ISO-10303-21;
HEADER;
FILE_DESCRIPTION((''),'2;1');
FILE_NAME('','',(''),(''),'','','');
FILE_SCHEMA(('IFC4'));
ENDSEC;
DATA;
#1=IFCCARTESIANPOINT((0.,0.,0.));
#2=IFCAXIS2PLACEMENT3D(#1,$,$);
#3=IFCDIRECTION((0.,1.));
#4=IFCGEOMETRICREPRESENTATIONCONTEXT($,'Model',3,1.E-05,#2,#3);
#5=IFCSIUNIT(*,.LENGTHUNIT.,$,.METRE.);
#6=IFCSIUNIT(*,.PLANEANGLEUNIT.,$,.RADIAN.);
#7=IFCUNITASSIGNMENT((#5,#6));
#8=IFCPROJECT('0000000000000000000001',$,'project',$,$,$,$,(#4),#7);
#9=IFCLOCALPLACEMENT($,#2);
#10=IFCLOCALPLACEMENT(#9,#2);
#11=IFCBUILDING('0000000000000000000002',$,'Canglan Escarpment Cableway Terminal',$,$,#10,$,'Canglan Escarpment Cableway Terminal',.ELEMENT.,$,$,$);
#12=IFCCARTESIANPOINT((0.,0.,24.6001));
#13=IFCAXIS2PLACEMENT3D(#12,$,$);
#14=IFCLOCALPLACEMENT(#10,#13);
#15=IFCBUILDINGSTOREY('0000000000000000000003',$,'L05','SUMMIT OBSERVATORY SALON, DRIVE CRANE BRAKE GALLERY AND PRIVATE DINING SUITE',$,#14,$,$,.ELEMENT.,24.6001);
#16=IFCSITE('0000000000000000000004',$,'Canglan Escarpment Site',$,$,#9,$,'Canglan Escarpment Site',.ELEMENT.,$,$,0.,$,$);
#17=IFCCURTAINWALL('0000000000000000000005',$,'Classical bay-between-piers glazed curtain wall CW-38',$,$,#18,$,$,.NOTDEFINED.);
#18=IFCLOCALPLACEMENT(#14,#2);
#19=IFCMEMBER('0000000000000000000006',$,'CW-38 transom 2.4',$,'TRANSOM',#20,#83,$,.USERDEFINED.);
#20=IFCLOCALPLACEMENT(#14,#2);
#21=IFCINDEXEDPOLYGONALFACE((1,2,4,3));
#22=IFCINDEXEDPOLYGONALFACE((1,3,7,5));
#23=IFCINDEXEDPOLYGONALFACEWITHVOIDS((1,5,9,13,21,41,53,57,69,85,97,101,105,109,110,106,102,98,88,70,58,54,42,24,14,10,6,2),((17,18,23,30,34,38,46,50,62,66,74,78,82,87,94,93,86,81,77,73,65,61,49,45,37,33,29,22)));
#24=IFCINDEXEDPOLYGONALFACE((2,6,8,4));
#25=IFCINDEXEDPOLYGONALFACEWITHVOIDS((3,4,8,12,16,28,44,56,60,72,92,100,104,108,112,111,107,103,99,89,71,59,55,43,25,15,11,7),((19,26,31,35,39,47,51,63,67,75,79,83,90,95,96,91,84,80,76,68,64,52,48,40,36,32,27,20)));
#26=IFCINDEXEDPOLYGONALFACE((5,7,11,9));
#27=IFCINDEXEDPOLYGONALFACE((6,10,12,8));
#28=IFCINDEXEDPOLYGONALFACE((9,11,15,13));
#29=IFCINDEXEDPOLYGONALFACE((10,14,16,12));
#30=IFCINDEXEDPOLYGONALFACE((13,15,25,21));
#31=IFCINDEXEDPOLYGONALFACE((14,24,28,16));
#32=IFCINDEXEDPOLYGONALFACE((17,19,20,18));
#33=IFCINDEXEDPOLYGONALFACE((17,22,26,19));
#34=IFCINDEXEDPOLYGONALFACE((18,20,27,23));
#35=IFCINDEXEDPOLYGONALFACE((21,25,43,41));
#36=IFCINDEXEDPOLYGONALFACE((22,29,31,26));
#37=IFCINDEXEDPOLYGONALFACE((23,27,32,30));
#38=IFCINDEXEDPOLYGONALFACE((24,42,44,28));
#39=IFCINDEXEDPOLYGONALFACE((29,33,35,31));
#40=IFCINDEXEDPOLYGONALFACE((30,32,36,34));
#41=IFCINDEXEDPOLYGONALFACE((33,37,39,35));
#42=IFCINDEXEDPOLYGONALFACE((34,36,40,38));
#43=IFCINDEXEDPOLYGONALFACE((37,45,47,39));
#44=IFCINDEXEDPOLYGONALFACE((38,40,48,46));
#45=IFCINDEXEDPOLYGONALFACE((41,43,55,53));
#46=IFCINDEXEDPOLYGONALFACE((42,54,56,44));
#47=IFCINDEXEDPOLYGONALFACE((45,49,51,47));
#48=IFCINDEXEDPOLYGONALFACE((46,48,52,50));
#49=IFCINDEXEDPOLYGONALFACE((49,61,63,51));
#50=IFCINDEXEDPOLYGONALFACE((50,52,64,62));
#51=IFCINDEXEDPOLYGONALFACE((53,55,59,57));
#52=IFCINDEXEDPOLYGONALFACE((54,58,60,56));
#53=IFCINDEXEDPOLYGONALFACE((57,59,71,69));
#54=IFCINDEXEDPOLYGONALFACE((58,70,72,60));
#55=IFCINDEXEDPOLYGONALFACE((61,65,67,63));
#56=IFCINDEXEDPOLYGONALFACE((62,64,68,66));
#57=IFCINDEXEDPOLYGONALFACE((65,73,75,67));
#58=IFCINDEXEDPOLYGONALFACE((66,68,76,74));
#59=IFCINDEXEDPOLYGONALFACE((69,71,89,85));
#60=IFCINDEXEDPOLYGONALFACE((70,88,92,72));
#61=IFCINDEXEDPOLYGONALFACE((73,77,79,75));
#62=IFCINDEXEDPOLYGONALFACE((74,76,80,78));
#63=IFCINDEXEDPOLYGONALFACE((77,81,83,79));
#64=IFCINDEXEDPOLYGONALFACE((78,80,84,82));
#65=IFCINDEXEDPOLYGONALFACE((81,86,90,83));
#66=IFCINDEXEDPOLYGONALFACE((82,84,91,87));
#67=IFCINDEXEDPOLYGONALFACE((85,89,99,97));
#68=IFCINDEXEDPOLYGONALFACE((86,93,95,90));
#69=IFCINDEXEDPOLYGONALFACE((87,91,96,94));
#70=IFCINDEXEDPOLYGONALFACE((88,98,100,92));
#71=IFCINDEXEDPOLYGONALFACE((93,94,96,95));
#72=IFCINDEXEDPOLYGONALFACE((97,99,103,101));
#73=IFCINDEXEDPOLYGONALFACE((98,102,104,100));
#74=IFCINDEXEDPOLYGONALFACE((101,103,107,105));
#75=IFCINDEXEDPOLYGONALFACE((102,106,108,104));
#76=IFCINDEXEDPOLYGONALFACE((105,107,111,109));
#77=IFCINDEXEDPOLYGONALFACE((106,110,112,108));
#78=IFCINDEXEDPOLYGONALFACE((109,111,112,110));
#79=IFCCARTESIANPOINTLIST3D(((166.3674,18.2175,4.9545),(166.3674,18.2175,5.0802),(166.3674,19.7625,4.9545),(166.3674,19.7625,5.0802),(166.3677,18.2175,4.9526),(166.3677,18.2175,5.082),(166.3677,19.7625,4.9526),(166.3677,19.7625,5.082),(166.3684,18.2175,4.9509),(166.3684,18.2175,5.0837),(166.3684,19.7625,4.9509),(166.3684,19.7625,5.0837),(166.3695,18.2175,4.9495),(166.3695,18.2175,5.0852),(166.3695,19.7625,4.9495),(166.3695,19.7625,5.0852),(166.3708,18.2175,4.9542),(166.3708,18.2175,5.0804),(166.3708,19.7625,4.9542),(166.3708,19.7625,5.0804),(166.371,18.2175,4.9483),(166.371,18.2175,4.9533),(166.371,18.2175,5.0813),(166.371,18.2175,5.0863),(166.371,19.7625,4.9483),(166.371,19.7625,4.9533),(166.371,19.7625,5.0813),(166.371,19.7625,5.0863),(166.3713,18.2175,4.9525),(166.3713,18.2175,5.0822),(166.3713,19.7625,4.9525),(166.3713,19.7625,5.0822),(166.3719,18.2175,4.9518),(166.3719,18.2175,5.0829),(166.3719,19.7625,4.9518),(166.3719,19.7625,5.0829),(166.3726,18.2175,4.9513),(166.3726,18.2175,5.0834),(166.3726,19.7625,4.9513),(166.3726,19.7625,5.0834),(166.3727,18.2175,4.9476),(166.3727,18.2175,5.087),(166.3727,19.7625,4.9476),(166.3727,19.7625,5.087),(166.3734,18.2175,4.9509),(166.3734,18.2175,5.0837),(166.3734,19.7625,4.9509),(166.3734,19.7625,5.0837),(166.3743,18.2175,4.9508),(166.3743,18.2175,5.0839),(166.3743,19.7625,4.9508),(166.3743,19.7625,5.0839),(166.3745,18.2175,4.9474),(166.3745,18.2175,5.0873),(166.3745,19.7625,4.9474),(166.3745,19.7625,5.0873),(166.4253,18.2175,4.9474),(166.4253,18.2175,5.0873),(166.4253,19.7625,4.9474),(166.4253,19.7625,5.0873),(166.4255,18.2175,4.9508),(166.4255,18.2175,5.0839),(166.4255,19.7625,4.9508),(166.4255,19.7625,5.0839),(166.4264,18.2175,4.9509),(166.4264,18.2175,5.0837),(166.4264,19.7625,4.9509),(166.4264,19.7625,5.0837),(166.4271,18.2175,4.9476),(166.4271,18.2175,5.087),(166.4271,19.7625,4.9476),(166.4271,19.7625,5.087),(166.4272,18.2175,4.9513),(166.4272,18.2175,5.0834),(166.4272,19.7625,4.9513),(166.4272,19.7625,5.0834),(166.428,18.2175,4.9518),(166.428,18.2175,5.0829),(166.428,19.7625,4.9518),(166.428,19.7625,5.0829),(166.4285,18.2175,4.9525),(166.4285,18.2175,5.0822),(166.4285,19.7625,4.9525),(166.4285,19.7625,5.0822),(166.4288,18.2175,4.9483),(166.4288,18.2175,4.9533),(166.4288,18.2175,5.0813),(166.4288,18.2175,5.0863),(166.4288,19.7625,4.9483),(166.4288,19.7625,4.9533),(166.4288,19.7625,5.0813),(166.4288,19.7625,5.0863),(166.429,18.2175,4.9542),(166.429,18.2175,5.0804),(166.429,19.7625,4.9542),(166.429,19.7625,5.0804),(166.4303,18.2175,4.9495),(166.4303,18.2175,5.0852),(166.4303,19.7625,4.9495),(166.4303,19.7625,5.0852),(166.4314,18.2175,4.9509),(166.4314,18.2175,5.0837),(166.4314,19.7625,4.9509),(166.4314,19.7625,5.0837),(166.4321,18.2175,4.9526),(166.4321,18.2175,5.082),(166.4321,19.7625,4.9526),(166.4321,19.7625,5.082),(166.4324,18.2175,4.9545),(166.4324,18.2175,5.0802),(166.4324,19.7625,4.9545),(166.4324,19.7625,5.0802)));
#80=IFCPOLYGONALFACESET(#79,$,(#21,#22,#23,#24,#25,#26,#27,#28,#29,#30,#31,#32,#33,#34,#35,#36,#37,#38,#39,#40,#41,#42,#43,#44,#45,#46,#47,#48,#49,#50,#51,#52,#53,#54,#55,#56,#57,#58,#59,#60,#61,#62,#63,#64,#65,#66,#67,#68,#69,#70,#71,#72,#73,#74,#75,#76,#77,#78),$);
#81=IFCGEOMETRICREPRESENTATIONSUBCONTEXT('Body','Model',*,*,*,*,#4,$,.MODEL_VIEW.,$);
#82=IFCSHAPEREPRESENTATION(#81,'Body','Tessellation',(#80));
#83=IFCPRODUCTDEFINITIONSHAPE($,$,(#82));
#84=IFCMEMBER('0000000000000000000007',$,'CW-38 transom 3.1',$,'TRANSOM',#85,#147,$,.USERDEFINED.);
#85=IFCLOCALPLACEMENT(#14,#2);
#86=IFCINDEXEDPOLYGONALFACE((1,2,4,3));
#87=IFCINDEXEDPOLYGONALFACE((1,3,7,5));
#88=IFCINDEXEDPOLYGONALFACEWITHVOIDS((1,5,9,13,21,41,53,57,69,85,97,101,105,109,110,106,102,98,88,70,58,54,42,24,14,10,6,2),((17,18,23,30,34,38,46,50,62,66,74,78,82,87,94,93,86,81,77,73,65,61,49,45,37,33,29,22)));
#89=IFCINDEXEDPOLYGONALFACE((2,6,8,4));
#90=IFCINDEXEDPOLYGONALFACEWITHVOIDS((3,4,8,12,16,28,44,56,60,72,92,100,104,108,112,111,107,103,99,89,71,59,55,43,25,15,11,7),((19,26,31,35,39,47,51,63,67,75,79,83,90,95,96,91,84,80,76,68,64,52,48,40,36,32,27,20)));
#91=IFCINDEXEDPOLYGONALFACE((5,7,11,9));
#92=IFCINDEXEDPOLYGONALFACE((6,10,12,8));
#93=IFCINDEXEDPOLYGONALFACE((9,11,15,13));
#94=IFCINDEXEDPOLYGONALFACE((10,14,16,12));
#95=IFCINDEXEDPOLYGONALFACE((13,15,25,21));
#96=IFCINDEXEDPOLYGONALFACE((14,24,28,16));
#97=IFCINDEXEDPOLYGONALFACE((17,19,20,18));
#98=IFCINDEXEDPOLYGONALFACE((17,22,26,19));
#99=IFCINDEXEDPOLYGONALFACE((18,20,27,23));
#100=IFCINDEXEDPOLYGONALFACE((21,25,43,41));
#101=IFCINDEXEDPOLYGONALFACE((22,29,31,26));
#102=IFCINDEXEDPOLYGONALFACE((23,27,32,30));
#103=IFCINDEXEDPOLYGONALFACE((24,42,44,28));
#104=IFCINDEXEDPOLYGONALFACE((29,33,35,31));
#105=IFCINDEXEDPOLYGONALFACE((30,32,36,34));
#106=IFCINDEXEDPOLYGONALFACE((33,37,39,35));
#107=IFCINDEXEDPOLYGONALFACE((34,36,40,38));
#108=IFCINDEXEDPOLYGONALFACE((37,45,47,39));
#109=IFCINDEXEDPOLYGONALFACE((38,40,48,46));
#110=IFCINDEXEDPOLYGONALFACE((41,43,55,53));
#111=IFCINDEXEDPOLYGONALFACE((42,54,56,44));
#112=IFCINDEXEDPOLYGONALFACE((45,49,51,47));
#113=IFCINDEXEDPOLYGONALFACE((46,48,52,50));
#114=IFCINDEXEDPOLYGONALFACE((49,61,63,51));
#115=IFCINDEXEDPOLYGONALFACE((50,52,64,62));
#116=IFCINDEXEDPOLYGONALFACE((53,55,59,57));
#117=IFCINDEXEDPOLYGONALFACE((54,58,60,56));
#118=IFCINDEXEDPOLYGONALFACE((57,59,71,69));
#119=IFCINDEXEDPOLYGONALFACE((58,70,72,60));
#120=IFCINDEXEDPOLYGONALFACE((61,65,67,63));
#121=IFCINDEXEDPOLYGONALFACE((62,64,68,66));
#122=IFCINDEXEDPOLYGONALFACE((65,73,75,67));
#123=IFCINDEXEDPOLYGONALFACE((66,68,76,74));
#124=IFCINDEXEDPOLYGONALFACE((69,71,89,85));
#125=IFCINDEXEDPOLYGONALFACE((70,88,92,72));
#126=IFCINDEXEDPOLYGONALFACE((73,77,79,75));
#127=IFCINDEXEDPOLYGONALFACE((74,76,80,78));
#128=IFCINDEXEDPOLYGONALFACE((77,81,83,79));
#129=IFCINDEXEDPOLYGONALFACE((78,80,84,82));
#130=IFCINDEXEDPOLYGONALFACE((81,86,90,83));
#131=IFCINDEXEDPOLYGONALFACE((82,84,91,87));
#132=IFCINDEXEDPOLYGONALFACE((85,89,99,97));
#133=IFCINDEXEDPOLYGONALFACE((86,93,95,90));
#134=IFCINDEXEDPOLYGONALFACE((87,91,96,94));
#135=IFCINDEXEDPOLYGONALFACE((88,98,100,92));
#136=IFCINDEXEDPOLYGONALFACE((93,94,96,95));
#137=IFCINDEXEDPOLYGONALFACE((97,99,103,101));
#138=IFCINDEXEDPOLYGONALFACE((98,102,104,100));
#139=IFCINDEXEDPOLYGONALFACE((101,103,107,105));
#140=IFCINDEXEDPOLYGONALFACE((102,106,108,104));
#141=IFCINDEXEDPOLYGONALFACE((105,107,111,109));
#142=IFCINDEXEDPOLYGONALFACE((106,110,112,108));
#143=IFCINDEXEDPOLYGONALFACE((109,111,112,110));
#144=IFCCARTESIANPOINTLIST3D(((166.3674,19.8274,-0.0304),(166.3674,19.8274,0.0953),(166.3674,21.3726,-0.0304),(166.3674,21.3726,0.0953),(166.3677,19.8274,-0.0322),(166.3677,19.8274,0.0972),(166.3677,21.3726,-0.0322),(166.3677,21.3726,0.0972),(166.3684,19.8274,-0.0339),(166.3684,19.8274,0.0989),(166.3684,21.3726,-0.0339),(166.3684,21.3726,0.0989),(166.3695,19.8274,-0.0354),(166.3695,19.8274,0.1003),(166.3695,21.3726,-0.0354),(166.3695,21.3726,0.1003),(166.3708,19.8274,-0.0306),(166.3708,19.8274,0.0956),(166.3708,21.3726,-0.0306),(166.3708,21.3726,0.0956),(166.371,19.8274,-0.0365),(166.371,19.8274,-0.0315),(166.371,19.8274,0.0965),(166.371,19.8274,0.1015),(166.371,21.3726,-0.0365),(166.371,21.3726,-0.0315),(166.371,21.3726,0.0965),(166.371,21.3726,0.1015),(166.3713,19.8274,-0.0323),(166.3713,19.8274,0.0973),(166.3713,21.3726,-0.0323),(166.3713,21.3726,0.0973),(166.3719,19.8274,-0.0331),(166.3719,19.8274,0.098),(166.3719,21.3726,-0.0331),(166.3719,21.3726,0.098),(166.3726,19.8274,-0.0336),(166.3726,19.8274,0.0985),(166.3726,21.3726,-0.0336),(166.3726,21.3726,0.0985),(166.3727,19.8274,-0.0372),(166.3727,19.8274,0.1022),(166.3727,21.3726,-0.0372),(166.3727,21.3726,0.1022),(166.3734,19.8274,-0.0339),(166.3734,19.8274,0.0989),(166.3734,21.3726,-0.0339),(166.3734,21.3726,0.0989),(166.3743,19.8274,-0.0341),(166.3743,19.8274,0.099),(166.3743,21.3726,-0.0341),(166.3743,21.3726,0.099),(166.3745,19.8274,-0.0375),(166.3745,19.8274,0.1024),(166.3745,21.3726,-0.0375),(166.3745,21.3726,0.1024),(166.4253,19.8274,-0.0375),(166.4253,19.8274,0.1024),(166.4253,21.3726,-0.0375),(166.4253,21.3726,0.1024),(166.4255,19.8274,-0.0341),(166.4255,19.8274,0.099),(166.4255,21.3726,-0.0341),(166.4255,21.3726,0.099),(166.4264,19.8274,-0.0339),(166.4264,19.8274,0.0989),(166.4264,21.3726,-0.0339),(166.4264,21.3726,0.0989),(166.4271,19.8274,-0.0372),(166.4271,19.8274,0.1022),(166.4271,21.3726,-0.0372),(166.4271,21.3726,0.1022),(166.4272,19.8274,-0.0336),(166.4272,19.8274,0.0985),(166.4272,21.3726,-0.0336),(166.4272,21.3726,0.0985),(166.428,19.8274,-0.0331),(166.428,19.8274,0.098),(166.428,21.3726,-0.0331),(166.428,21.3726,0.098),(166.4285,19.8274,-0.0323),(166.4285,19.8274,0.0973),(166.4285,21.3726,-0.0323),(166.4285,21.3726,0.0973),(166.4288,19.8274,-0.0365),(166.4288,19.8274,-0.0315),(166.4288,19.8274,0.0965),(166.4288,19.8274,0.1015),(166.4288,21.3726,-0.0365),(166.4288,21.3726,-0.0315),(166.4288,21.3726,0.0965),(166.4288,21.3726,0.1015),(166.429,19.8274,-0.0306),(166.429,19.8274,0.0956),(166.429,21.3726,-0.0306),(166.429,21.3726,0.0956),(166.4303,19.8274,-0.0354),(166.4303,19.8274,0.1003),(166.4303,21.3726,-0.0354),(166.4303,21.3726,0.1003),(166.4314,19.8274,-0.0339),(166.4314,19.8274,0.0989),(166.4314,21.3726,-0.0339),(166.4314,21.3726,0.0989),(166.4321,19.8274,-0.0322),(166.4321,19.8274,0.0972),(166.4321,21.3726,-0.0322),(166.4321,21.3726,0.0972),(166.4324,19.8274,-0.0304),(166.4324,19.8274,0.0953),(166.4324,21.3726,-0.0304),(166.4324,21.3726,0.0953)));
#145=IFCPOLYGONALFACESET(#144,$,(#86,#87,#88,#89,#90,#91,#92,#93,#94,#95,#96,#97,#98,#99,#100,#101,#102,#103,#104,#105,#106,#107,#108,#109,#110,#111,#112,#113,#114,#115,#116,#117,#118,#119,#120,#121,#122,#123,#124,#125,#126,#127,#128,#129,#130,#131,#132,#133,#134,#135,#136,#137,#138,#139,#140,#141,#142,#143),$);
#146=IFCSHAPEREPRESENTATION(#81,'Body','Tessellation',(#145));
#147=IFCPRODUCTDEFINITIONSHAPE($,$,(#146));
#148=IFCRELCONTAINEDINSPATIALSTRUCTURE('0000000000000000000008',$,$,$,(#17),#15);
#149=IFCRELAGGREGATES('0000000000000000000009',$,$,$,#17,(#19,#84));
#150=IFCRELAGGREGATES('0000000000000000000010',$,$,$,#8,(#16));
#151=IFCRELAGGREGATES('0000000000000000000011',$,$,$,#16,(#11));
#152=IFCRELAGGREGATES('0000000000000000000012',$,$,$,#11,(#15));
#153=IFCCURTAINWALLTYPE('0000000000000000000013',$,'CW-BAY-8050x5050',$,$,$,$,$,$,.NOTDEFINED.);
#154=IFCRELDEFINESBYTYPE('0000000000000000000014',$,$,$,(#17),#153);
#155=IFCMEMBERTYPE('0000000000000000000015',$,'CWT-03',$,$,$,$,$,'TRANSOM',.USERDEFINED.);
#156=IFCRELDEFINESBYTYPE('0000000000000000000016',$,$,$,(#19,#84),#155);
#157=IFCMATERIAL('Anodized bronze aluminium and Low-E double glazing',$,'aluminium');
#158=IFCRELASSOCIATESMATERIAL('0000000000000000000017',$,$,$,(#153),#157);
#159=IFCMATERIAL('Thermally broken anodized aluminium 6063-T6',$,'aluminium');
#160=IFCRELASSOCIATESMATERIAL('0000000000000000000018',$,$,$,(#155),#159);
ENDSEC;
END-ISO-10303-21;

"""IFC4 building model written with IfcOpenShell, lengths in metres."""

from ifc_helpers import new_model, si_unit, direction, frame, origin, origin_2d, place, context, subcontext, project, spatial, hollow_rectangle, extrude, material, material_profile, profile_set, type_object, element, aggregate, save


model = new_model("IFC4")

# Units and contexts
model_context = context("Model", 3, precision=1e-05, world=origin(), true_north=direction((0.0, 1.0)))
body_context = subcontext(model_context, "Body", "Model", "MODEL_VIEW")
ifc_project = project(units=[si_unit("LENGTHUNIT", "METRE"), si_unit("PLANEANGLEUNIT", "RADIAN")], contexts=[model_context])

# Site, building, storey
site_placement = place(None, origin())
site = spatial("IfcSite", under=ifc_project, at=site_placement, Name="Canglan Escarpment Site", LongName="Canglan Escarpment Site", CompositionType="ELEMENT", RefElevation=0.0)
building_placement = place(site_placement, origin())
building = spatial("IfcBuilding", under=site, at=building_placement, Name="Canglan Escarpment Cableway Terminal", LongName="Canglan Escarpment Cableway Terminal", CompositionType="ELEMENT")
storey_placement = place(building_placement, frame((0.0, 0.0, 24.6001)))
storey = spatial("IfcBuildingStorey", under=building, at=storey_placement, Name="L05", Description="SUMMIT OBSERVATORY SALON, DRIVE CRANE BRAKE GALLERY AND PRIVATE DINING SUITE", CompositionType="ELEMENT", Elevation=24.6001)

# Curtain wall, members
ifc_material_1 = material(Name="Anodized bronze aluminium and Low-E double glazing", Category="aluminium")
curtain_wall_type = type_object("IfcCurtainWallType", Name="CW-BAY-8050x5050", PredefinedType="NOTDEFINED", material=ifc_material_1)
curtain_wall_placement = place(storey_placement, origin())
curtain_wall = element("IfcCurtainWall", 1, at=curtain_wall_placement, inside=storey, type_object=curtain_wall_type, Name="Classical bay-between-piers glazed curtain wall CW-38", PredefinedType="NOTDEFINED")
ifc_material_2 = material(Name="Thermally broken anodized aluminium 6063-T6", Category="aluminium")
ifc_material_profile_1 = material_profile(ifc_material_2, hollow_rectangle(XDim=0.0649, YDim=0.1399, WallThickness=0.0034, InnerFilletRadius=0.0034, OuterFilletRadius=0.0071, at=origin_2d()), Name="ALU-TRAN 65x140x3.5")
ifc_profile_set_1 = profile_set([ifc_material_profile_1], Name="Thermally broken anodized aluminium 6063-T6")
member_type_1 = type_object("IfcMemberType", Name="CWT-03", ElementType="TRANSOM", PredefinedType="USERDEFINED", material=ifc_profile_set_1)
member_1_placement = place(storey_placement, frame((166.3999, 18.2175, 5.0173), z_axis=(0.0, 1.0, 0.0), x_axis=(-1.0, 0.0, 0.0)))
member_1 = element("IfcMember", 2, at=member_1_placement, type_object=member_type_1, Name="CW-38 transom 2.4", ObjectType="TRANSOM", PredefinedType="USERDEFINED", context=body_context, shape_type="SweptSolid", body=[
    extrude(hollow_rectangle(XDim=0.0649, YDim=0.1399, WallThickness=0.0034, InnerFilletRadius=0.0034, OuterFilletRadius=0.0071, at=origin_2d()), origin(), (0.0, 0.0, 1.0), 1.5449),
])
member_2_placement = place(storey_placement, frame((166.3999, 19.8274, 0.0325), z_axis=(0.0, 1.0, 0.0), x_axis=(-1.0, 0.0, 0.0)))
member_2 = element("IfcMember", 3, at=member_2_placement, type_object=member_type_1, Name="CW-38 transom 3.1", ObjectType="TRANSOM", PredefinedType="USERDEFINED", context=body_context, shape_type="SweptSolid", body=[
    extrude(hollow_rectangle(XDim=0.0649, YDim=0.1399, WallThickness=0.0034, InnerFilletRadius=0.0034, OuterFilletRadius=0.0071, at=origin_2d()), origin(), (0.0, 0.0, 1.0), 1.5452),
])
aggregate(curtain_wall, [member_1, member_2])

save(model, "model.ifc")
